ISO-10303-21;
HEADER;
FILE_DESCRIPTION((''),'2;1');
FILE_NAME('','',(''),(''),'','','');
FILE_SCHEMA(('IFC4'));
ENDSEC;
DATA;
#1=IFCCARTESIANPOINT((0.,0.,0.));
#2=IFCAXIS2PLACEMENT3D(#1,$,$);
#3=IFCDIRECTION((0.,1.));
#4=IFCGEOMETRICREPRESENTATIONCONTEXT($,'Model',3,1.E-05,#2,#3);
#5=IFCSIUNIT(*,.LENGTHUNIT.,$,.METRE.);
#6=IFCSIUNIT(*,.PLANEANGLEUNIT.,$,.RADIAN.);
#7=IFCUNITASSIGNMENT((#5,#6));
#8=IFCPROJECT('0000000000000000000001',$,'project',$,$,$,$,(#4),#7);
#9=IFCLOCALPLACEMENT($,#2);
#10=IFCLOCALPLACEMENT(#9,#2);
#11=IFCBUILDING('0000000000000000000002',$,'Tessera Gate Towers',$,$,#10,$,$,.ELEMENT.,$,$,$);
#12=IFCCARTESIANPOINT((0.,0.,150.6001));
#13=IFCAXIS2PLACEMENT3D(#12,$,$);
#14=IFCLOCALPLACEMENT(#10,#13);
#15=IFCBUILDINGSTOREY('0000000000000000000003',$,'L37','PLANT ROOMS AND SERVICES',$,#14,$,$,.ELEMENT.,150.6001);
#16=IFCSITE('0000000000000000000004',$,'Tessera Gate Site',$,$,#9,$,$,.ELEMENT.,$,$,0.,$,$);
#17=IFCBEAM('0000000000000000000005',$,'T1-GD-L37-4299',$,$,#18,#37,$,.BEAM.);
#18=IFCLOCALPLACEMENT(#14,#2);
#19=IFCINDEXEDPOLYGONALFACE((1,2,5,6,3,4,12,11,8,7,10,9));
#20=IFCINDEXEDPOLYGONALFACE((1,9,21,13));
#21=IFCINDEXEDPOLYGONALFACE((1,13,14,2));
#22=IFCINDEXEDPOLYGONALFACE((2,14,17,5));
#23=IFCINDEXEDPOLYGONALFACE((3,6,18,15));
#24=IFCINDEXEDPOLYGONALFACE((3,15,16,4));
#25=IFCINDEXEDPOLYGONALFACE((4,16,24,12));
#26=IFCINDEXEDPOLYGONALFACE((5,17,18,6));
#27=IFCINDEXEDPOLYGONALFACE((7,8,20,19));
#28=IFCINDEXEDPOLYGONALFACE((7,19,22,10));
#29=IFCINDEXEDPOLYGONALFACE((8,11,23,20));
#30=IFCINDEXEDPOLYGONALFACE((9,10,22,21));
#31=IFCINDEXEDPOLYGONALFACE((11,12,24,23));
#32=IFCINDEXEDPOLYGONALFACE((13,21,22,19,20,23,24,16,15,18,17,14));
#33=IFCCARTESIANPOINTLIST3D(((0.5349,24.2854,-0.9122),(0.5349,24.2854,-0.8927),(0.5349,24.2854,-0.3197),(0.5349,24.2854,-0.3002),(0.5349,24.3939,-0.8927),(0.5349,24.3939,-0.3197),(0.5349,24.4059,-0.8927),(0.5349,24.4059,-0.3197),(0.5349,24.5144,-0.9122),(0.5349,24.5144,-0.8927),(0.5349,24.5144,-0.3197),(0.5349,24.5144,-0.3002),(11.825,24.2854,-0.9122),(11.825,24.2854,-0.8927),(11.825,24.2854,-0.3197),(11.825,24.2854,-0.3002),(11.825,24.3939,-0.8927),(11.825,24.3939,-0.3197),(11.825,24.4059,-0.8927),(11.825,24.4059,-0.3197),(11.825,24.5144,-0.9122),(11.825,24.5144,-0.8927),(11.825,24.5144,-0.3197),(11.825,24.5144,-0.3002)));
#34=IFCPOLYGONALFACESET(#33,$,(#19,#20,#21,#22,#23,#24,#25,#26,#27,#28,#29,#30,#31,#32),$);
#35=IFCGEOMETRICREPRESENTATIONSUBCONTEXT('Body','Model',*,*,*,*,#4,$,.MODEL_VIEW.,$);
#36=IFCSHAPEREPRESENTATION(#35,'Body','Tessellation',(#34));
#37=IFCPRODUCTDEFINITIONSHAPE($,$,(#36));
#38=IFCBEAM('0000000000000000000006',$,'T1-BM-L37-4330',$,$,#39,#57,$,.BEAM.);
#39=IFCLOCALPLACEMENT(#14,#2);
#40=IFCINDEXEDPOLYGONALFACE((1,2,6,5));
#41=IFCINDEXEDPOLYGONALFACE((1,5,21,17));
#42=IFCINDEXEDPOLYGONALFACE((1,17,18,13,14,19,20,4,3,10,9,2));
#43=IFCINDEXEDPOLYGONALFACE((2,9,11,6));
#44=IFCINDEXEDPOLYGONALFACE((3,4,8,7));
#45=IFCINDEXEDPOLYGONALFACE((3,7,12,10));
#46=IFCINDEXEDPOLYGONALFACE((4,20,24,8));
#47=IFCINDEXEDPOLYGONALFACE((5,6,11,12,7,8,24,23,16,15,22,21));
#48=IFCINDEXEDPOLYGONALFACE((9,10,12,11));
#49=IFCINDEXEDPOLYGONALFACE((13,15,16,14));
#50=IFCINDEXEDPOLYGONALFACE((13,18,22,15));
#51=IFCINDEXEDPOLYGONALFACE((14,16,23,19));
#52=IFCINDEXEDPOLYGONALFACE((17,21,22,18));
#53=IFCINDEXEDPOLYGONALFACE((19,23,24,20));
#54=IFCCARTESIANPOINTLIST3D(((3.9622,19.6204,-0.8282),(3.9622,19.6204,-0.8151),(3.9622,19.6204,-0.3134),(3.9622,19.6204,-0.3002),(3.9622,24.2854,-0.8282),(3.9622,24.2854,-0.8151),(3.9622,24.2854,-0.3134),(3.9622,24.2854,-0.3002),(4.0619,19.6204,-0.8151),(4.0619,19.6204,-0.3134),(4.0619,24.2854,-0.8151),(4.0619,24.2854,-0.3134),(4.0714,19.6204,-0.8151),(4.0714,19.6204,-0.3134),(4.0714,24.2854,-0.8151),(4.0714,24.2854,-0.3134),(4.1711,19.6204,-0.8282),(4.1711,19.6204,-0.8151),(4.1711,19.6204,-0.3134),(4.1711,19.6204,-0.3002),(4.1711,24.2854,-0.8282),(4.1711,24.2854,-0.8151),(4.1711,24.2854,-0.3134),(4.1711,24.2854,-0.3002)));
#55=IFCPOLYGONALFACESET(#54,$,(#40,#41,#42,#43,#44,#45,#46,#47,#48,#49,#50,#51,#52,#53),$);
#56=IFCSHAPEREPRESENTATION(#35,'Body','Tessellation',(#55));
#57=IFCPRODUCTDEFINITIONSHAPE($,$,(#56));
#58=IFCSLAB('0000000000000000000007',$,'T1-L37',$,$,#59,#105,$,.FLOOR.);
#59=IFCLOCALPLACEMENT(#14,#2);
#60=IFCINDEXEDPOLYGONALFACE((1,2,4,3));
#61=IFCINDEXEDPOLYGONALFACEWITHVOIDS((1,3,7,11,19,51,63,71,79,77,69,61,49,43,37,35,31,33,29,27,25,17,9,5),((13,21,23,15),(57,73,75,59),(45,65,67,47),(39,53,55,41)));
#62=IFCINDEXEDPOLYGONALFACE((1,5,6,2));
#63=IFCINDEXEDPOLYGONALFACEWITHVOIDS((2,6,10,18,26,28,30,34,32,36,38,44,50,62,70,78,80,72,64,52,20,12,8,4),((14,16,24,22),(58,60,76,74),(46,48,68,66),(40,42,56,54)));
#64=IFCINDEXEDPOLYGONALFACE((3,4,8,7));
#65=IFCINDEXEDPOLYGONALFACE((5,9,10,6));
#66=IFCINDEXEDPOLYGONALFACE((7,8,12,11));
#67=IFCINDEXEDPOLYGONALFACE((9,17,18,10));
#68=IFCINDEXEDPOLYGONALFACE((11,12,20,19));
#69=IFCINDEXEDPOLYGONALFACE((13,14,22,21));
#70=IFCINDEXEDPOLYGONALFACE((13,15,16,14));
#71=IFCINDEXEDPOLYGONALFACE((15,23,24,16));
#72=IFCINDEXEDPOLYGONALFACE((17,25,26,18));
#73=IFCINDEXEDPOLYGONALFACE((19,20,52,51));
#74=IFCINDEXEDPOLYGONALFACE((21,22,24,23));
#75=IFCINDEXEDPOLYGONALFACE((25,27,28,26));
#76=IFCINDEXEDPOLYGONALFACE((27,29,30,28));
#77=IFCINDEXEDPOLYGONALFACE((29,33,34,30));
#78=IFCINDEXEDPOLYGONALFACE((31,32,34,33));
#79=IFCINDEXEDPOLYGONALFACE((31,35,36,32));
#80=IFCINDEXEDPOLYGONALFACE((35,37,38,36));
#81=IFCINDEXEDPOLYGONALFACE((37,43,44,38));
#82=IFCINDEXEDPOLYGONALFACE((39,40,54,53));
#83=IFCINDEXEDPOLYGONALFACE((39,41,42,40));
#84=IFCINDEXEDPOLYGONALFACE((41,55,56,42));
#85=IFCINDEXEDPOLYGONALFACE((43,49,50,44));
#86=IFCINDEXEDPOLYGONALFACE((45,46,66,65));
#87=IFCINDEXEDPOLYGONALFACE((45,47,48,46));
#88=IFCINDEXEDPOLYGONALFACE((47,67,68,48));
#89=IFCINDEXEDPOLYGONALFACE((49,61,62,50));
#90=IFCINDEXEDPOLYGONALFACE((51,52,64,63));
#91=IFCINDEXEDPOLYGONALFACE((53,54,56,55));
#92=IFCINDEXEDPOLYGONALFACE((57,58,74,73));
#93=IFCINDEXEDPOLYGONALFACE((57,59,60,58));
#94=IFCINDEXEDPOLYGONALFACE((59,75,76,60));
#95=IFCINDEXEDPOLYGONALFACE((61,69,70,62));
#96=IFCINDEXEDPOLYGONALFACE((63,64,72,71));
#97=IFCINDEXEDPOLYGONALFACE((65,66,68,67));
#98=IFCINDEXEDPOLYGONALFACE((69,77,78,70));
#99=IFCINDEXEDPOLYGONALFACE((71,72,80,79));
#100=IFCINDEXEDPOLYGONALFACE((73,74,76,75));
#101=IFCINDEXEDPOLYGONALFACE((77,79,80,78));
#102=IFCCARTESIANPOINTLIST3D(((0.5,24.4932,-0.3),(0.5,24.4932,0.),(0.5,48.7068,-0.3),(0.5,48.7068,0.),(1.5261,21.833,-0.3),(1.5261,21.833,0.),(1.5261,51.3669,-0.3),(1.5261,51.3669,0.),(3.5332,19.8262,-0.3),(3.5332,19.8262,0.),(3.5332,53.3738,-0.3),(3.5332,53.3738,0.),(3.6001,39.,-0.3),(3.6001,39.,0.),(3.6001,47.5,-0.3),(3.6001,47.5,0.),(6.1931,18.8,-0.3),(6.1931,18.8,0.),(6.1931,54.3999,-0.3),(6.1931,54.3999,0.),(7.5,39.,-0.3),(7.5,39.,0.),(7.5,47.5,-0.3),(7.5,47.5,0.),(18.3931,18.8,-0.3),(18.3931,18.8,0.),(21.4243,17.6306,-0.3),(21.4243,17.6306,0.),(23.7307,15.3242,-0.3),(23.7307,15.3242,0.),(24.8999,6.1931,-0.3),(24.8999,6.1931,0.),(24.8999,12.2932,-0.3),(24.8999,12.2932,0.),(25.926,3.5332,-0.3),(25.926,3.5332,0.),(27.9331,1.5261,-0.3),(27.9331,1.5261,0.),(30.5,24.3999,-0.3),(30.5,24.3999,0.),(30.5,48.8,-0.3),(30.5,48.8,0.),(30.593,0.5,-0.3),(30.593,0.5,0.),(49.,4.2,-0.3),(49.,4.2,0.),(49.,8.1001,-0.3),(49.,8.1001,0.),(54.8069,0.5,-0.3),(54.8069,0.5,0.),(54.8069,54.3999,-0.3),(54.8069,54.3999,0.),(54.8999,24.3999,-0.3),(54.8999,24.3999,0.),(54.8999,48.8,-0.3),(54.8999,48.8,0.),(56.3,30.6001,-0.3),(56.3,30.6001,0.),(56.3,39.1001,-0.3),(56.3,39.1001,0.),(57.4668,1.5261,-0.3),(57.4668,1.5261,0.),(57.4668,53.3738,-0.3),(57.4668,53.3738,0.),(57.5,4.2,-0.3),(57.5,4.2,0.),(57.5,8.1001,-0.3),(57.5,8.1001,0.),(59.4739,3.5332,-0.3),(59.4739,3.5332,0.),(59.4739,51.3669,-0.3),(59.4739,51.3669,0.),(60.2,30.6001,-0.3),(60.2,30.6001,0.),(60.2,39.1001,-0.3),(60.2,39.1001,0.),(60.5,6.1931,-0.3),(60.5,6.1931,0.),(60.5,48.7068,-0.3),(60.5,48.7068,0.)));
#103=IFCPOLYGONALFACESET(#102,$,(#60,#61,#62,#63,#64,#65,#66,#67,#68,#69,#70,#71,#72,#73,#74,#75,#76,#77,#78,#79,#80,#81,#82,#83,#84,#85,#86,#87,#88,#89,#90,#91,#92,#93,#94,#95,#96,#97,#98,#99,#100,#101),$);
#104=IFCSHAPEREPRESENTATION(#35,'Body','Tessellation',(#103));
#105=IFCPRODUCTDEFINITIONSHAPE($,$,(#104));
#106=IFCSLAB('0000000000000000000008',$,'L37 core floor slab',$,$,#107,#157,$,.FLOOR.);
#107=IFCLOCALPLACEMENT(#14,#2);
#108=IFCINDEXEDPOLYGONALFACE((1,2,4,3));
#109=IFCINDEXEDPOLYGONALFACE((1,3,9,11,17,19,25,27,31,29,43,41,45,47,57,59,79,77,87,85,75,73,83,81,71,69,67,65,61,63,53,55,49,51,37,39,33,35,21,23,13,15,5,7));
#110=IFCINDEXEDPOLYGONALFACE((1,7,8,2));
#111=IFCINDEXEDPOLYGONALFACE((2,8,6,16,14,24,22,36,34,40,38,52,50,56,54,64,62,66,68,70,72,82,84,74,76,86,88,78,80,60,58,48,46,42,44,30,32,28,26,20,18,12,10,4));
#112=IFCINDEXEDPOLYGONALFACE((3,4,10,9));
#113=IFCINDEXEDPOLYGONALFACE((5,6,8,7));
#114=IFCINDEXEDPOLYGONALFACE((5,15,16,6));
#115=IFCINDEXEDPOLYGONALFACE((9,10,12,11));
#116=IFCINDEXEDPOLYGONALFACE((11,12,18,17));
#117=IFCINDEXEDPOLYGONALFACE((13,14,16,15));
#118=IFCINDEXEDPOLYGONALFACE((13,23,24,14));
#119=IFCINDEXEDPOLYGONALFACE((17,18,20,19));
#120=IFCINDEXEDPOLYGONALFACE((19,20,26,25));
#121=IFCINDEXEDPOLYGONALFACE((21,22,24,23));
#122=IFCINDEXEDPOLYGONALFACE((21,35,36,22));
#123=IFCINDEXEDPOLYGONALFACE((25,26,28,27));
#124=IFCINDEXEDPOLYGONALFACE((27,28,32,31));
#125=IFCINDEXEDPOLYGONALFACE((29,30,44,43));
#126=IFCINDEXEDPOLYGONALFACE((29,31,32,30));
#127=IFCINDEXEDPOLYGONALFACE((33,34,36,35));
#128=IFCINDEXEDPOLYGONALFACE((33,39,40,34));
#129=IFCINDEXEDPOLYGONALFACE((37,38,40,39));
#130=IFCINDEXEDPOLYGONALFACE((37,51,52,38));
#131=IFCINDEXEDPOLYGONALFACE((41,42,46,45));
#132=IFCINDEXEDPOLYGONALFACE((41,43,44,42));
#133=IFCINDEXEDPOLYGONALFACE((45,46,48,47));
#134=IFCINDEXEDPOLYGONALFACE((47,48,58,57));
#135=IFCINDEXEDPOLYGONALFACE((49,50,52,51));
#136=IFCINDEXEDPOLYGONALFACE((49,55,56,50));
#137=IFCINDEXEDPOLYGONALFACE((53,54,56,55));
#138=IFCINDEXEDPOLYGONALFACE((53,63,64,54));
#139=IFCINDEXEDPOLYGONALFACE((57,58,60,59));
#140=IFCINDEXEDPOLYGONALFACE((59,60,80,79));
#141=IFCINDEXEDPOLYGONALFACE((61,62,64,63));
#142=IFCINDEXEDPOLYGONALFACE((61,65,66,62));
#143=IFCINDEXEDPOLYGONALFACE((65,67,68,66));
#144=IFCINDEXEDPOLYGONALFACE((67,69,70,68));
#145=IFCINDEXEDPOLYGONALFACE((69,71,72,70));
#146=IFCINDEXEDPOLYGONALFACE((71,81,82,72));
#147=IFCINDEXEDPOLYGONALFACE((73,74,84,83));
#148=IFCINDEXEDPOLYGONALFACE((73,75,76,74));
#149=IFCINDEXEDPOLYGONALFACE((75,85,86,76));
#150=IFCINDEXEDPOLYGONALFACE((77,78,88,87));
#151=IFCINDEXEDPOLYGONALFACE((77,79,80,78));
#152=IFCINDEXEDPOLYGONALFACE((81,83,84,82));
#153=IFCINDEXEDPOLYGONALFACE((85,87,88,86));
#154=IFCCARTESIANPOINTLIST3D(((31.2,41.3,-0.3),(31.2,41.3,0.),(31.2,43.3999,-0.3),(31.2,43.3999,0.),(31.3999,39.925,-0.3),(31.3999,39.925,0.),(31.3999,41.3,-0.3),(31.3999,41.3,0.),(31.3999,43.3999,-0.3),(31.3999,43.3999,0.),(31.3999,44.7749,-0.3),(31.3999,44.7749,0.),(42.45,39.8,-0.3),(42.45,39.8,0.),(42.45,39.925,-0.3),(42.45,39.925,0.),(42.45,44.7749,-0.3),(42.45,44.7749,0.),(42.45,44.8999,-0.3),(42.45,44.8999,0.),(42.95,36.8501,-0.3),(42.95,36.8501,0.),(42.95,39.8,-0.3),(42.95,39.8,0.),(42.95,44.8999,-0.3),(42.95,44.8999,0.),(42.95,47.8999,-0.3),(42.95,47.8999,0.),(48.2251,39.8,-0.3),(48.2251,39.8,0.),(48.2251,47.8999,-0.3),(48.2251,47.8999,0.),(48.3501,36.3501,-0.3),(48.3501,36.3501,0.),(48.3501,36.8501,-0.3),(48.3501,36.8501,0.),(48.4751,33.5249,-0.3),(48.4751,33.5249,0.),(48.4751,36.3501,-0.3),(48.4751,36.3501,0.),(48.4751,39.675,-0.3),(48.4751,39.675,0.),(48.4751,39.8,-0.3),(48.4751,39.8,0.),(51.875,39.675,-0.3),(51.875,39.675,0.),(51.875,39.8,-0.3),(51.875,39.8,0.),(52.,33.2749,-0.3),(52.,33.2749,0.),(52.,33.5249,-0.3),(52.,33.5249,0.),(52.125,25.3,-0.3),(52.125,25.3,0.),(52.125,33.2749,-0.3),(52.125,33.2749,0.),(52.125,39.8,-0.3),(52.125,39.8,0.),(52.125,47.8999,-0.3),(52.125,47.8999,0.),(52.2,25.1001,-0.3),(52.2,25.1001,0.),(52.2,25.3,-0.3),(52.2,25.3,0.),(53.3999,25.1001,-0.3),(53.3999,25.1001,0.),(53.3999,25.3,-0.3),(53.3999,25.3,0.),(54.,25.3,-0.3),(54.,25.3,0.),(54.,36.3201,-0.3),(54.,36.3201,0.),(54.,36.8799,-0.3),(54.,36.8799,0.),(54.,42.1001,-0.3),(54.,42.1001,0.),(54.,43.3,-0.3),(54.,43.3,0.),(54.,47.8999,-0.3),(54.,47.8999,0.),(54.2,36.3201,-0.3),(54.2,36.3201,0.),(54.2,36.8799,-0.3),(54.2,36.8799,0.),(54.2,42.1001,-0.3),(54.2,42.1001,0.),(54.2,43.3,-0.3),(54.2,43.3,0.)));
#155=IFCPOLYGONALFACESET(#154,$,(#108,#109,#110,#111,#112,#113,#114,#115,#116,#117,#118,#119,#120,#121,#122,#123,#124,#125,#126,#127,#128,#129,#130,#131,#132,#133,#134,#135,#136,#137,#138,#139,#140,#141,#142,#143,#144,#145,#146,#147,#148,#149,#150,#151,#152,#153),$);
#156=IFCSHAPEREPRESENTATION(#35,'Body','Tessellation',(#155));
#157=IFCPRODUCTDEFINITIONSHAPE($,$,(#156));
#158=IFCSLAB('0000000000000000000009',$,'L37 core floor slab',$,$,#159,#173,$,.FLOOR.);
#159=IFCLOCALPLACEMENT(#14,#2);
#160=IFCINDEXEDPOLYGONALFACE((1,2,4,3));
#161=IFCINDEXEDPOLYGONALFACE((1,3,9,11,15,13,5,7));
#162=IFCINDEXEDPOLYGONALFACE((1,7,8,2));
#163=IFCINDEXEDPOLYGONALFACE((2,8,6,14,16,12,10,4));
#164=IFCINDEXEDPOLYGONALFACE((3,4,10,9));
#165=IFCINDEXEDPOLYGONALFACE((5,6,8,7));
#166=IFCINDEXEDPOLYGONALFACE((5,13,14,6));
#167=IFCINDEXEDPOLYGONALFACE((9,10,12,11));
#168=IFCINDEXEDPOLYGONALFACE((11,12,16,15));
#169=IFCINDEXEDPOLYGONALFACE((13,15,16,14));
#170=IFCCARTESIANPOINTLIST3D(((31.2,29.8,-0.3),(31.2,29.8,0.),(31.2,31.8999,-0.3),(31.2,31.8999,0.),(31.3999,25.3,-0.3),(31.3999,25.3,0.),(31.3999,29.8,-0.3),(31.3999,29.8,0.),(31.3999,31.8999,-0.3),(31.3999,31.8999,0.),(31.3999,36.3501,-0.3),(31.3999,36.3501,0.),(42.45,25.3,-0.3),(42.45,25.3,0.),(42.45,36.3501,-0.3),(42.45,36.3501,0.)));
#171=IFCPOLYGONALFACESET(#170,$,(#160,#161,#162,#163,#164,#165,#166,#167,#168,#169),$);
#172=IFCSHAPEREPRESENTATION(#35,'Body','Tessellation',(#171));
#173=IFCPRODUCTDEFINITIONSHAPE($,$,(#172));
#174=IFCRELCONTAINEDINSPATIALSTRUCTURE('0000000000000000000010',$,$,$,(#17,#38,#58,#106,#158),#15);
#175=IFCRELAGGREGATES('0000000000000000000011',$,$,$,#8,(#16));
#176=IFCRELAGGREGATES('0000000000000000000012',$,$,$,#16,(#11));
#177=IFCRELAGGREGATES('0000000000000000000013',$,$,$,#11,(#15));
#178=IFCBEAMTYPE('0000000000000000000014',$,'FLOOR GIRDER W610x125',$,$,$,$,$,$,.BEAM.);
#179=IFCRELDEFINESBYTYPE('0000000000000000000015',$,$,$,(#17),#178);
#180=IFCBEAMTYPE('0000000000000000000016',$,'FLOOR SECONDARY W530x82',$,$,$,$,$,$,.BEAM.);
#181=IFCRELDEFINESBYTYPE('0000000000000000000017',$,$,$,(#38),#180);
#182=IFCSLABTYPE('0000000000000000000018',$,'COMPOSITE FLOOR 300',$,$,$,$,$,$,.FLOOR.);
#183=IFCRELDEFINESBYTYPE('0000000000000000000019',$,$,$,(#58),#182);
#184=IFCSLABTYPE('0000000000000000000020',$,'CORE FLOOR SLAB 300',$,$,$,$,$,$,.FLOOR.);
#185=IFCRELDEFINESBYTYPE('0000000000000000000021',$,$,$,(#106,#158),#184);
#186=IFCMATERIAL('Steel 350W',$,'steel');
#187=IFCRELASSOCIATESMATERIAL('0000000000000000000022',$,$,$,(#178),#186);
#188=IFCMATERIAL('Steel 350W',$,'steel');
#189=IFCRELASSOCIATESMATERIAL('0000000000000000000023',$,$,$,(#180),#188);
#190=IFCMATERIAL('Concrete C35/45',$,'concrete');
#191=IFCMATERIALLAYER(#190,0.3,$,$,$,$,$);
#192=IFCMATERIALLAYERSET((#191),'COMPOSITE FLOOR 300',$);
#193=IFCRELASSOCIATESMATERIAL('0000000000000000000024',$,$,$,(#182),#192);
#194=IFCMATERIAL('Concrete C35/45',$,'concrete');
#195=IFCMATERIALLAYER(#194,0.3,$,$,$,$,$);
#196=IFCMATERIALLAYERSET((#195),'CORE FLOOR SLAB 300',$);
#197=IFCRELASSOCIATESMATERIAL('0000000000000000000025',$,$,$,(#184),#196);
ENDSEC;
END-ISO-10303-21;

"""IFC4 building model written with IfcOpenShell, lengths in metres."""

from ifc_helpers import new_model, si_unit, direction, frame, origin, origin_2d, place, context, subcontext, project, spatial, polyline, i_section, outline, extrude, material, layer, layer_set, material_profile, profile_set, type_object, element, save


model = new_model("IFC4")

# Units and contexts
model_context = context("Model", 3, precision=1e-05, world=origin(), true_north=direction((0.0, 1.0)))
body_context = subcontext(model_context, "Body", "Model", "MODEL_VIEW")
ifc_project = project(units=[si_unit("LENGTHUNIT", "METRE"), si_unit("PLANEANGLEUNIT", "RADIAN")], contexts=[model_context])

# Site, building, storey
site_placement = place(None, origin())
site = spatial("IfcSite", under=ifc_project, at=site_placement, Name="Tessera Gate Site", CompositionType="ELEMENT", RefElevation=0.0)
building_placement = place(site_placement, origin())
building = spatial("IfcBuilding", under=site, at=building_placement, Name="Tessera Gate Towers", CompositionType="ELEMENT")
storey_placement = place(building_placement, frame((0.0, 0.0, 150.6001)))
storey = spatial("IfcBuildingStorey", under=building, at=storey_placement, Name="L37", Description="PLANT ROOMS AND SERVICES", CompositionType="ELEMENT", Elevation=150.6001)

# Beams
ifc_material_1 = material(Name="Steel 350W", Category="steel")
ifc_material_profile_1 = material_profile(ifc_material_1, i_section(OverallWidth=0.229, OverallDepth=0.6121, WebThickness=0.012, FlangeThickness=0.0195, at=origin_2d()), Name="W610x125")
ifc_profile_set_1 = profile_set([ifc_material_profile_1], Name="Steel 350W")
beam_type_1 = type_object("IfcBeamType", Name="FLOOR GIRDER W610x125", PredefinedType="BEAM", material=ifc_profile_set_1)
beam_1_placement = place(storey_placement, frame((0.5349, 24.3999, -0.6062), z_axis=(1.0, 0.0, 0.0), x_axis=(0.0, 1.0, 0.0)))
element("IfcBeam", 1, at=beam_1_placement, inside=storey, type_object=beam_type_1, Name="T1-GD-L37-4299", PredefinedType="BEAM", context=body_context, shape_type="SweptSolid", body=[
    extrude(i_section(OverallWidth=0.229, OverallDepth=0.6121, WebThickness=0.012, FlangeThickness=0.0195, at=origin_2d()), origin(), (0.0, 0.0, 1.0), 11.29),
])
ifc_material_2 = material(Name="Steel 350W", Category="steel")
ifc_material_profile_2 = material_profile(ifc_material_2, i_section(OverallWidth=0.209, OverallDepth=0.5281, WebThickness=0.0095, FlangeThickness=0.0132, at=origin_2d()), Name="W530x82")
ifc_profile_set_2 = profile_set([ifc_material_profile_2], Name="Steel 350W")
beam_type_2 = type_object("IfcBeamType", Name="FLOOR SECONDARY W530x82", PredefinedType="BEAM", material=ifc_profile_set_2)
beam_2_placement = place(storey_placement, frame((4.0667, 19.6204, -0.5642), z_axis=(0.0, 1.0, 0.0), x_axis=(-1.0, 0.0, 0.0)))
element("IfcBeam", 2, at=beam_2_placement, inside=storey, type_object=beam_type_2, Name="T1-BM-L37-4330", PredefinedType="BEAM", context=body_context, shape_type="SweptSolid", body=[
    extrude(i_section(OverallWidth=0.209, OverallDepth=0.5281, WebThickness=0.0095, FlangeThickness=0.0132, at=origin_2d()), origin(), (0.0, 0.0, 1.0), 4.665),
])

# Slabs
ifc_material_3 = material(Name="Concrete C35/45", Category="concrete")
ifc_layer_1 = layer(ifc_material_3, 0.3)
ifc_layer_set_1 = layer_set([ifc_layer_1], Name="COMPOSITE FLOOR 300")
slab_type_1 = type_object("IfcSlabType", Name="COMPOSITE FLOOR 300", PredefinedType="FLOOR", material=ifc_layer_set_1)
slab_1_placement = place(storey_placement, frame((0.0, 0.0, -0.3)))
element("IfcSlab", 3, at=slab_1_placement, inside=storey, type_object=slab_type_1, Name="T1-L37", PredefinedType="FLOOR", context=body_context, shape_type="SweptSolid", body=[
    extrude(outline(polyline([(0.5, 24.4932), (1.5261, 21.833), (3.5332, 19.8262), (6.1931, 18.8), (18.3931, 18.8), (21.4243, 17.6306), (23.7307, 15.3242), (24.8999, 12.2932), (24.8999, 6.1931), (25.926, 3.5332), (27.9331, 1.5261), (30.593, 0.5), (54.8069, 0.5), (57.4668, 1.5261), (59.4739, 3.5332), (60.5, 6.1931), (60.5, 48.7068), (59.4739, 51.3669), (57.4668, 53.3738), (54.8069, 54.3999), (6.1931, 54.3999), (3.5332, 53.3738), (1.5261, 51.3669), (0.5, 48.7068), (0.5, 24.4932)]), holes=[polyline([(3.6001, 39.0), (3.6001, 47.5), (7.5, 47.5), (7.5, 39.0), (3.6001, 39.0)]), polyline([(30.5, 24.3999), (30.5, 48.8), (54.8999, 48.8), (54.8999, 24.3999), (30.5, 24.3999)]), polyline([(49.0, 4.2), (49.0, 8.1001), (57.5, 8.1001), (57.5, 4.2), (49.0, 4.2)]), polyline([(56.3, 30.6001), (56.3, 39.1001), (60.2, 39.1001), (60.2, 30.6001), (56.3, 30.6001)])]), origin(), (0.0, 0.0, 1.0), 0.3),
])
ifc_material_4 = material(Name="Concrete C35/45", Category="concrete")
ifc_layer_2 = layer(ifc_material_4, 0.3)
ifc_layer_set_2 = layer_set([ifc_layer_2], Name="CORE FLOOR SLAB 300")
slab_type_2 = type_object("IfcSlabType", Name="CORE FLOOR SLAB 300", PredefinedType="FLOOR", material=ifc_layer_set_2)
slab_2_placement = place(storey_placement, frame((0.0, 0.0, -0.3)))
element("IfcSlab", 4, at=slab_2_placement, inside=storey, type_object=slab_type_2, Name="L37 core floor slab", PredefinedType="FLOOR", context=body_context, shape_type="SweptSolid", body=[
    extrude(outline(polyline([(42.45, 44.8999), (42.45, 44.7749), (31.3999, 44.7749), (31.3999, 43.3999), (31.2, 43.3999), (31.2, 41.3), (31.3999, 41.3), (31.3999, 39.925), (42.45, 39.925), (42.45, 39.8), (42.95, 39.8), (42.95, 36.8501), (48.3501, 36.8501), (48.3501, 36.3501), (48.4751, 36.3501), (48.4751, 33.5249), (52.0, 33.5249), (52.0, 33.2749), (52.125, 33.2749), (52.125, 25.3), (52.2, 25.3), (52.2, 25.1001), (53.3999, 25.1001), (53.3999, 25.3), (54.0, 25.3), (54.0, 36.3201), (54.2, 36.3201), (54.2, 36.8799), (54.0, 36.8799), (54.0, 42.1001), (54.2, 42.1001), (54.2, 43.3), (54.0, 43.3), (54.0, 47.8999), (52.125, 47.8999), (52.125, 39.8), (51.875, 39.8), (51.875, 39.675), (48.4751, 39.675), (48.4751, 39.8), (48.2251, 39.8), (48.2251, 47.8999), (42.95, 47.8999), (42.95, 44.8999), (42.45, 44.8999)])), origin(), (0.0, 0.0, 1.0), 0.3),
])
slab_3_placement = place(storey_placement, frame((0.0, 0.0, -0.3)))
element("IfcSlab", 5, at=slab_3_placement, inside=storey, type_object=slab_type_2, Name="L37 core floor slab", PredefinedType="FLOOR", context=body_context, shape_type="SweptSolid", body=[
    extrude(outline(polyline([(31.3999, 36.3501), (31.3999, 31.8999), (31.2, 31.8999), (31.2, 29.8), (31.3999, 29.8), (31.3999, 25.3), (42.45, 25.3), (42.45, 36.3501), (31.3999, 36.3501)])), origin(), (0.0, 0.0, 1.0), 0.3),
])

save(model, "model.ifc")
